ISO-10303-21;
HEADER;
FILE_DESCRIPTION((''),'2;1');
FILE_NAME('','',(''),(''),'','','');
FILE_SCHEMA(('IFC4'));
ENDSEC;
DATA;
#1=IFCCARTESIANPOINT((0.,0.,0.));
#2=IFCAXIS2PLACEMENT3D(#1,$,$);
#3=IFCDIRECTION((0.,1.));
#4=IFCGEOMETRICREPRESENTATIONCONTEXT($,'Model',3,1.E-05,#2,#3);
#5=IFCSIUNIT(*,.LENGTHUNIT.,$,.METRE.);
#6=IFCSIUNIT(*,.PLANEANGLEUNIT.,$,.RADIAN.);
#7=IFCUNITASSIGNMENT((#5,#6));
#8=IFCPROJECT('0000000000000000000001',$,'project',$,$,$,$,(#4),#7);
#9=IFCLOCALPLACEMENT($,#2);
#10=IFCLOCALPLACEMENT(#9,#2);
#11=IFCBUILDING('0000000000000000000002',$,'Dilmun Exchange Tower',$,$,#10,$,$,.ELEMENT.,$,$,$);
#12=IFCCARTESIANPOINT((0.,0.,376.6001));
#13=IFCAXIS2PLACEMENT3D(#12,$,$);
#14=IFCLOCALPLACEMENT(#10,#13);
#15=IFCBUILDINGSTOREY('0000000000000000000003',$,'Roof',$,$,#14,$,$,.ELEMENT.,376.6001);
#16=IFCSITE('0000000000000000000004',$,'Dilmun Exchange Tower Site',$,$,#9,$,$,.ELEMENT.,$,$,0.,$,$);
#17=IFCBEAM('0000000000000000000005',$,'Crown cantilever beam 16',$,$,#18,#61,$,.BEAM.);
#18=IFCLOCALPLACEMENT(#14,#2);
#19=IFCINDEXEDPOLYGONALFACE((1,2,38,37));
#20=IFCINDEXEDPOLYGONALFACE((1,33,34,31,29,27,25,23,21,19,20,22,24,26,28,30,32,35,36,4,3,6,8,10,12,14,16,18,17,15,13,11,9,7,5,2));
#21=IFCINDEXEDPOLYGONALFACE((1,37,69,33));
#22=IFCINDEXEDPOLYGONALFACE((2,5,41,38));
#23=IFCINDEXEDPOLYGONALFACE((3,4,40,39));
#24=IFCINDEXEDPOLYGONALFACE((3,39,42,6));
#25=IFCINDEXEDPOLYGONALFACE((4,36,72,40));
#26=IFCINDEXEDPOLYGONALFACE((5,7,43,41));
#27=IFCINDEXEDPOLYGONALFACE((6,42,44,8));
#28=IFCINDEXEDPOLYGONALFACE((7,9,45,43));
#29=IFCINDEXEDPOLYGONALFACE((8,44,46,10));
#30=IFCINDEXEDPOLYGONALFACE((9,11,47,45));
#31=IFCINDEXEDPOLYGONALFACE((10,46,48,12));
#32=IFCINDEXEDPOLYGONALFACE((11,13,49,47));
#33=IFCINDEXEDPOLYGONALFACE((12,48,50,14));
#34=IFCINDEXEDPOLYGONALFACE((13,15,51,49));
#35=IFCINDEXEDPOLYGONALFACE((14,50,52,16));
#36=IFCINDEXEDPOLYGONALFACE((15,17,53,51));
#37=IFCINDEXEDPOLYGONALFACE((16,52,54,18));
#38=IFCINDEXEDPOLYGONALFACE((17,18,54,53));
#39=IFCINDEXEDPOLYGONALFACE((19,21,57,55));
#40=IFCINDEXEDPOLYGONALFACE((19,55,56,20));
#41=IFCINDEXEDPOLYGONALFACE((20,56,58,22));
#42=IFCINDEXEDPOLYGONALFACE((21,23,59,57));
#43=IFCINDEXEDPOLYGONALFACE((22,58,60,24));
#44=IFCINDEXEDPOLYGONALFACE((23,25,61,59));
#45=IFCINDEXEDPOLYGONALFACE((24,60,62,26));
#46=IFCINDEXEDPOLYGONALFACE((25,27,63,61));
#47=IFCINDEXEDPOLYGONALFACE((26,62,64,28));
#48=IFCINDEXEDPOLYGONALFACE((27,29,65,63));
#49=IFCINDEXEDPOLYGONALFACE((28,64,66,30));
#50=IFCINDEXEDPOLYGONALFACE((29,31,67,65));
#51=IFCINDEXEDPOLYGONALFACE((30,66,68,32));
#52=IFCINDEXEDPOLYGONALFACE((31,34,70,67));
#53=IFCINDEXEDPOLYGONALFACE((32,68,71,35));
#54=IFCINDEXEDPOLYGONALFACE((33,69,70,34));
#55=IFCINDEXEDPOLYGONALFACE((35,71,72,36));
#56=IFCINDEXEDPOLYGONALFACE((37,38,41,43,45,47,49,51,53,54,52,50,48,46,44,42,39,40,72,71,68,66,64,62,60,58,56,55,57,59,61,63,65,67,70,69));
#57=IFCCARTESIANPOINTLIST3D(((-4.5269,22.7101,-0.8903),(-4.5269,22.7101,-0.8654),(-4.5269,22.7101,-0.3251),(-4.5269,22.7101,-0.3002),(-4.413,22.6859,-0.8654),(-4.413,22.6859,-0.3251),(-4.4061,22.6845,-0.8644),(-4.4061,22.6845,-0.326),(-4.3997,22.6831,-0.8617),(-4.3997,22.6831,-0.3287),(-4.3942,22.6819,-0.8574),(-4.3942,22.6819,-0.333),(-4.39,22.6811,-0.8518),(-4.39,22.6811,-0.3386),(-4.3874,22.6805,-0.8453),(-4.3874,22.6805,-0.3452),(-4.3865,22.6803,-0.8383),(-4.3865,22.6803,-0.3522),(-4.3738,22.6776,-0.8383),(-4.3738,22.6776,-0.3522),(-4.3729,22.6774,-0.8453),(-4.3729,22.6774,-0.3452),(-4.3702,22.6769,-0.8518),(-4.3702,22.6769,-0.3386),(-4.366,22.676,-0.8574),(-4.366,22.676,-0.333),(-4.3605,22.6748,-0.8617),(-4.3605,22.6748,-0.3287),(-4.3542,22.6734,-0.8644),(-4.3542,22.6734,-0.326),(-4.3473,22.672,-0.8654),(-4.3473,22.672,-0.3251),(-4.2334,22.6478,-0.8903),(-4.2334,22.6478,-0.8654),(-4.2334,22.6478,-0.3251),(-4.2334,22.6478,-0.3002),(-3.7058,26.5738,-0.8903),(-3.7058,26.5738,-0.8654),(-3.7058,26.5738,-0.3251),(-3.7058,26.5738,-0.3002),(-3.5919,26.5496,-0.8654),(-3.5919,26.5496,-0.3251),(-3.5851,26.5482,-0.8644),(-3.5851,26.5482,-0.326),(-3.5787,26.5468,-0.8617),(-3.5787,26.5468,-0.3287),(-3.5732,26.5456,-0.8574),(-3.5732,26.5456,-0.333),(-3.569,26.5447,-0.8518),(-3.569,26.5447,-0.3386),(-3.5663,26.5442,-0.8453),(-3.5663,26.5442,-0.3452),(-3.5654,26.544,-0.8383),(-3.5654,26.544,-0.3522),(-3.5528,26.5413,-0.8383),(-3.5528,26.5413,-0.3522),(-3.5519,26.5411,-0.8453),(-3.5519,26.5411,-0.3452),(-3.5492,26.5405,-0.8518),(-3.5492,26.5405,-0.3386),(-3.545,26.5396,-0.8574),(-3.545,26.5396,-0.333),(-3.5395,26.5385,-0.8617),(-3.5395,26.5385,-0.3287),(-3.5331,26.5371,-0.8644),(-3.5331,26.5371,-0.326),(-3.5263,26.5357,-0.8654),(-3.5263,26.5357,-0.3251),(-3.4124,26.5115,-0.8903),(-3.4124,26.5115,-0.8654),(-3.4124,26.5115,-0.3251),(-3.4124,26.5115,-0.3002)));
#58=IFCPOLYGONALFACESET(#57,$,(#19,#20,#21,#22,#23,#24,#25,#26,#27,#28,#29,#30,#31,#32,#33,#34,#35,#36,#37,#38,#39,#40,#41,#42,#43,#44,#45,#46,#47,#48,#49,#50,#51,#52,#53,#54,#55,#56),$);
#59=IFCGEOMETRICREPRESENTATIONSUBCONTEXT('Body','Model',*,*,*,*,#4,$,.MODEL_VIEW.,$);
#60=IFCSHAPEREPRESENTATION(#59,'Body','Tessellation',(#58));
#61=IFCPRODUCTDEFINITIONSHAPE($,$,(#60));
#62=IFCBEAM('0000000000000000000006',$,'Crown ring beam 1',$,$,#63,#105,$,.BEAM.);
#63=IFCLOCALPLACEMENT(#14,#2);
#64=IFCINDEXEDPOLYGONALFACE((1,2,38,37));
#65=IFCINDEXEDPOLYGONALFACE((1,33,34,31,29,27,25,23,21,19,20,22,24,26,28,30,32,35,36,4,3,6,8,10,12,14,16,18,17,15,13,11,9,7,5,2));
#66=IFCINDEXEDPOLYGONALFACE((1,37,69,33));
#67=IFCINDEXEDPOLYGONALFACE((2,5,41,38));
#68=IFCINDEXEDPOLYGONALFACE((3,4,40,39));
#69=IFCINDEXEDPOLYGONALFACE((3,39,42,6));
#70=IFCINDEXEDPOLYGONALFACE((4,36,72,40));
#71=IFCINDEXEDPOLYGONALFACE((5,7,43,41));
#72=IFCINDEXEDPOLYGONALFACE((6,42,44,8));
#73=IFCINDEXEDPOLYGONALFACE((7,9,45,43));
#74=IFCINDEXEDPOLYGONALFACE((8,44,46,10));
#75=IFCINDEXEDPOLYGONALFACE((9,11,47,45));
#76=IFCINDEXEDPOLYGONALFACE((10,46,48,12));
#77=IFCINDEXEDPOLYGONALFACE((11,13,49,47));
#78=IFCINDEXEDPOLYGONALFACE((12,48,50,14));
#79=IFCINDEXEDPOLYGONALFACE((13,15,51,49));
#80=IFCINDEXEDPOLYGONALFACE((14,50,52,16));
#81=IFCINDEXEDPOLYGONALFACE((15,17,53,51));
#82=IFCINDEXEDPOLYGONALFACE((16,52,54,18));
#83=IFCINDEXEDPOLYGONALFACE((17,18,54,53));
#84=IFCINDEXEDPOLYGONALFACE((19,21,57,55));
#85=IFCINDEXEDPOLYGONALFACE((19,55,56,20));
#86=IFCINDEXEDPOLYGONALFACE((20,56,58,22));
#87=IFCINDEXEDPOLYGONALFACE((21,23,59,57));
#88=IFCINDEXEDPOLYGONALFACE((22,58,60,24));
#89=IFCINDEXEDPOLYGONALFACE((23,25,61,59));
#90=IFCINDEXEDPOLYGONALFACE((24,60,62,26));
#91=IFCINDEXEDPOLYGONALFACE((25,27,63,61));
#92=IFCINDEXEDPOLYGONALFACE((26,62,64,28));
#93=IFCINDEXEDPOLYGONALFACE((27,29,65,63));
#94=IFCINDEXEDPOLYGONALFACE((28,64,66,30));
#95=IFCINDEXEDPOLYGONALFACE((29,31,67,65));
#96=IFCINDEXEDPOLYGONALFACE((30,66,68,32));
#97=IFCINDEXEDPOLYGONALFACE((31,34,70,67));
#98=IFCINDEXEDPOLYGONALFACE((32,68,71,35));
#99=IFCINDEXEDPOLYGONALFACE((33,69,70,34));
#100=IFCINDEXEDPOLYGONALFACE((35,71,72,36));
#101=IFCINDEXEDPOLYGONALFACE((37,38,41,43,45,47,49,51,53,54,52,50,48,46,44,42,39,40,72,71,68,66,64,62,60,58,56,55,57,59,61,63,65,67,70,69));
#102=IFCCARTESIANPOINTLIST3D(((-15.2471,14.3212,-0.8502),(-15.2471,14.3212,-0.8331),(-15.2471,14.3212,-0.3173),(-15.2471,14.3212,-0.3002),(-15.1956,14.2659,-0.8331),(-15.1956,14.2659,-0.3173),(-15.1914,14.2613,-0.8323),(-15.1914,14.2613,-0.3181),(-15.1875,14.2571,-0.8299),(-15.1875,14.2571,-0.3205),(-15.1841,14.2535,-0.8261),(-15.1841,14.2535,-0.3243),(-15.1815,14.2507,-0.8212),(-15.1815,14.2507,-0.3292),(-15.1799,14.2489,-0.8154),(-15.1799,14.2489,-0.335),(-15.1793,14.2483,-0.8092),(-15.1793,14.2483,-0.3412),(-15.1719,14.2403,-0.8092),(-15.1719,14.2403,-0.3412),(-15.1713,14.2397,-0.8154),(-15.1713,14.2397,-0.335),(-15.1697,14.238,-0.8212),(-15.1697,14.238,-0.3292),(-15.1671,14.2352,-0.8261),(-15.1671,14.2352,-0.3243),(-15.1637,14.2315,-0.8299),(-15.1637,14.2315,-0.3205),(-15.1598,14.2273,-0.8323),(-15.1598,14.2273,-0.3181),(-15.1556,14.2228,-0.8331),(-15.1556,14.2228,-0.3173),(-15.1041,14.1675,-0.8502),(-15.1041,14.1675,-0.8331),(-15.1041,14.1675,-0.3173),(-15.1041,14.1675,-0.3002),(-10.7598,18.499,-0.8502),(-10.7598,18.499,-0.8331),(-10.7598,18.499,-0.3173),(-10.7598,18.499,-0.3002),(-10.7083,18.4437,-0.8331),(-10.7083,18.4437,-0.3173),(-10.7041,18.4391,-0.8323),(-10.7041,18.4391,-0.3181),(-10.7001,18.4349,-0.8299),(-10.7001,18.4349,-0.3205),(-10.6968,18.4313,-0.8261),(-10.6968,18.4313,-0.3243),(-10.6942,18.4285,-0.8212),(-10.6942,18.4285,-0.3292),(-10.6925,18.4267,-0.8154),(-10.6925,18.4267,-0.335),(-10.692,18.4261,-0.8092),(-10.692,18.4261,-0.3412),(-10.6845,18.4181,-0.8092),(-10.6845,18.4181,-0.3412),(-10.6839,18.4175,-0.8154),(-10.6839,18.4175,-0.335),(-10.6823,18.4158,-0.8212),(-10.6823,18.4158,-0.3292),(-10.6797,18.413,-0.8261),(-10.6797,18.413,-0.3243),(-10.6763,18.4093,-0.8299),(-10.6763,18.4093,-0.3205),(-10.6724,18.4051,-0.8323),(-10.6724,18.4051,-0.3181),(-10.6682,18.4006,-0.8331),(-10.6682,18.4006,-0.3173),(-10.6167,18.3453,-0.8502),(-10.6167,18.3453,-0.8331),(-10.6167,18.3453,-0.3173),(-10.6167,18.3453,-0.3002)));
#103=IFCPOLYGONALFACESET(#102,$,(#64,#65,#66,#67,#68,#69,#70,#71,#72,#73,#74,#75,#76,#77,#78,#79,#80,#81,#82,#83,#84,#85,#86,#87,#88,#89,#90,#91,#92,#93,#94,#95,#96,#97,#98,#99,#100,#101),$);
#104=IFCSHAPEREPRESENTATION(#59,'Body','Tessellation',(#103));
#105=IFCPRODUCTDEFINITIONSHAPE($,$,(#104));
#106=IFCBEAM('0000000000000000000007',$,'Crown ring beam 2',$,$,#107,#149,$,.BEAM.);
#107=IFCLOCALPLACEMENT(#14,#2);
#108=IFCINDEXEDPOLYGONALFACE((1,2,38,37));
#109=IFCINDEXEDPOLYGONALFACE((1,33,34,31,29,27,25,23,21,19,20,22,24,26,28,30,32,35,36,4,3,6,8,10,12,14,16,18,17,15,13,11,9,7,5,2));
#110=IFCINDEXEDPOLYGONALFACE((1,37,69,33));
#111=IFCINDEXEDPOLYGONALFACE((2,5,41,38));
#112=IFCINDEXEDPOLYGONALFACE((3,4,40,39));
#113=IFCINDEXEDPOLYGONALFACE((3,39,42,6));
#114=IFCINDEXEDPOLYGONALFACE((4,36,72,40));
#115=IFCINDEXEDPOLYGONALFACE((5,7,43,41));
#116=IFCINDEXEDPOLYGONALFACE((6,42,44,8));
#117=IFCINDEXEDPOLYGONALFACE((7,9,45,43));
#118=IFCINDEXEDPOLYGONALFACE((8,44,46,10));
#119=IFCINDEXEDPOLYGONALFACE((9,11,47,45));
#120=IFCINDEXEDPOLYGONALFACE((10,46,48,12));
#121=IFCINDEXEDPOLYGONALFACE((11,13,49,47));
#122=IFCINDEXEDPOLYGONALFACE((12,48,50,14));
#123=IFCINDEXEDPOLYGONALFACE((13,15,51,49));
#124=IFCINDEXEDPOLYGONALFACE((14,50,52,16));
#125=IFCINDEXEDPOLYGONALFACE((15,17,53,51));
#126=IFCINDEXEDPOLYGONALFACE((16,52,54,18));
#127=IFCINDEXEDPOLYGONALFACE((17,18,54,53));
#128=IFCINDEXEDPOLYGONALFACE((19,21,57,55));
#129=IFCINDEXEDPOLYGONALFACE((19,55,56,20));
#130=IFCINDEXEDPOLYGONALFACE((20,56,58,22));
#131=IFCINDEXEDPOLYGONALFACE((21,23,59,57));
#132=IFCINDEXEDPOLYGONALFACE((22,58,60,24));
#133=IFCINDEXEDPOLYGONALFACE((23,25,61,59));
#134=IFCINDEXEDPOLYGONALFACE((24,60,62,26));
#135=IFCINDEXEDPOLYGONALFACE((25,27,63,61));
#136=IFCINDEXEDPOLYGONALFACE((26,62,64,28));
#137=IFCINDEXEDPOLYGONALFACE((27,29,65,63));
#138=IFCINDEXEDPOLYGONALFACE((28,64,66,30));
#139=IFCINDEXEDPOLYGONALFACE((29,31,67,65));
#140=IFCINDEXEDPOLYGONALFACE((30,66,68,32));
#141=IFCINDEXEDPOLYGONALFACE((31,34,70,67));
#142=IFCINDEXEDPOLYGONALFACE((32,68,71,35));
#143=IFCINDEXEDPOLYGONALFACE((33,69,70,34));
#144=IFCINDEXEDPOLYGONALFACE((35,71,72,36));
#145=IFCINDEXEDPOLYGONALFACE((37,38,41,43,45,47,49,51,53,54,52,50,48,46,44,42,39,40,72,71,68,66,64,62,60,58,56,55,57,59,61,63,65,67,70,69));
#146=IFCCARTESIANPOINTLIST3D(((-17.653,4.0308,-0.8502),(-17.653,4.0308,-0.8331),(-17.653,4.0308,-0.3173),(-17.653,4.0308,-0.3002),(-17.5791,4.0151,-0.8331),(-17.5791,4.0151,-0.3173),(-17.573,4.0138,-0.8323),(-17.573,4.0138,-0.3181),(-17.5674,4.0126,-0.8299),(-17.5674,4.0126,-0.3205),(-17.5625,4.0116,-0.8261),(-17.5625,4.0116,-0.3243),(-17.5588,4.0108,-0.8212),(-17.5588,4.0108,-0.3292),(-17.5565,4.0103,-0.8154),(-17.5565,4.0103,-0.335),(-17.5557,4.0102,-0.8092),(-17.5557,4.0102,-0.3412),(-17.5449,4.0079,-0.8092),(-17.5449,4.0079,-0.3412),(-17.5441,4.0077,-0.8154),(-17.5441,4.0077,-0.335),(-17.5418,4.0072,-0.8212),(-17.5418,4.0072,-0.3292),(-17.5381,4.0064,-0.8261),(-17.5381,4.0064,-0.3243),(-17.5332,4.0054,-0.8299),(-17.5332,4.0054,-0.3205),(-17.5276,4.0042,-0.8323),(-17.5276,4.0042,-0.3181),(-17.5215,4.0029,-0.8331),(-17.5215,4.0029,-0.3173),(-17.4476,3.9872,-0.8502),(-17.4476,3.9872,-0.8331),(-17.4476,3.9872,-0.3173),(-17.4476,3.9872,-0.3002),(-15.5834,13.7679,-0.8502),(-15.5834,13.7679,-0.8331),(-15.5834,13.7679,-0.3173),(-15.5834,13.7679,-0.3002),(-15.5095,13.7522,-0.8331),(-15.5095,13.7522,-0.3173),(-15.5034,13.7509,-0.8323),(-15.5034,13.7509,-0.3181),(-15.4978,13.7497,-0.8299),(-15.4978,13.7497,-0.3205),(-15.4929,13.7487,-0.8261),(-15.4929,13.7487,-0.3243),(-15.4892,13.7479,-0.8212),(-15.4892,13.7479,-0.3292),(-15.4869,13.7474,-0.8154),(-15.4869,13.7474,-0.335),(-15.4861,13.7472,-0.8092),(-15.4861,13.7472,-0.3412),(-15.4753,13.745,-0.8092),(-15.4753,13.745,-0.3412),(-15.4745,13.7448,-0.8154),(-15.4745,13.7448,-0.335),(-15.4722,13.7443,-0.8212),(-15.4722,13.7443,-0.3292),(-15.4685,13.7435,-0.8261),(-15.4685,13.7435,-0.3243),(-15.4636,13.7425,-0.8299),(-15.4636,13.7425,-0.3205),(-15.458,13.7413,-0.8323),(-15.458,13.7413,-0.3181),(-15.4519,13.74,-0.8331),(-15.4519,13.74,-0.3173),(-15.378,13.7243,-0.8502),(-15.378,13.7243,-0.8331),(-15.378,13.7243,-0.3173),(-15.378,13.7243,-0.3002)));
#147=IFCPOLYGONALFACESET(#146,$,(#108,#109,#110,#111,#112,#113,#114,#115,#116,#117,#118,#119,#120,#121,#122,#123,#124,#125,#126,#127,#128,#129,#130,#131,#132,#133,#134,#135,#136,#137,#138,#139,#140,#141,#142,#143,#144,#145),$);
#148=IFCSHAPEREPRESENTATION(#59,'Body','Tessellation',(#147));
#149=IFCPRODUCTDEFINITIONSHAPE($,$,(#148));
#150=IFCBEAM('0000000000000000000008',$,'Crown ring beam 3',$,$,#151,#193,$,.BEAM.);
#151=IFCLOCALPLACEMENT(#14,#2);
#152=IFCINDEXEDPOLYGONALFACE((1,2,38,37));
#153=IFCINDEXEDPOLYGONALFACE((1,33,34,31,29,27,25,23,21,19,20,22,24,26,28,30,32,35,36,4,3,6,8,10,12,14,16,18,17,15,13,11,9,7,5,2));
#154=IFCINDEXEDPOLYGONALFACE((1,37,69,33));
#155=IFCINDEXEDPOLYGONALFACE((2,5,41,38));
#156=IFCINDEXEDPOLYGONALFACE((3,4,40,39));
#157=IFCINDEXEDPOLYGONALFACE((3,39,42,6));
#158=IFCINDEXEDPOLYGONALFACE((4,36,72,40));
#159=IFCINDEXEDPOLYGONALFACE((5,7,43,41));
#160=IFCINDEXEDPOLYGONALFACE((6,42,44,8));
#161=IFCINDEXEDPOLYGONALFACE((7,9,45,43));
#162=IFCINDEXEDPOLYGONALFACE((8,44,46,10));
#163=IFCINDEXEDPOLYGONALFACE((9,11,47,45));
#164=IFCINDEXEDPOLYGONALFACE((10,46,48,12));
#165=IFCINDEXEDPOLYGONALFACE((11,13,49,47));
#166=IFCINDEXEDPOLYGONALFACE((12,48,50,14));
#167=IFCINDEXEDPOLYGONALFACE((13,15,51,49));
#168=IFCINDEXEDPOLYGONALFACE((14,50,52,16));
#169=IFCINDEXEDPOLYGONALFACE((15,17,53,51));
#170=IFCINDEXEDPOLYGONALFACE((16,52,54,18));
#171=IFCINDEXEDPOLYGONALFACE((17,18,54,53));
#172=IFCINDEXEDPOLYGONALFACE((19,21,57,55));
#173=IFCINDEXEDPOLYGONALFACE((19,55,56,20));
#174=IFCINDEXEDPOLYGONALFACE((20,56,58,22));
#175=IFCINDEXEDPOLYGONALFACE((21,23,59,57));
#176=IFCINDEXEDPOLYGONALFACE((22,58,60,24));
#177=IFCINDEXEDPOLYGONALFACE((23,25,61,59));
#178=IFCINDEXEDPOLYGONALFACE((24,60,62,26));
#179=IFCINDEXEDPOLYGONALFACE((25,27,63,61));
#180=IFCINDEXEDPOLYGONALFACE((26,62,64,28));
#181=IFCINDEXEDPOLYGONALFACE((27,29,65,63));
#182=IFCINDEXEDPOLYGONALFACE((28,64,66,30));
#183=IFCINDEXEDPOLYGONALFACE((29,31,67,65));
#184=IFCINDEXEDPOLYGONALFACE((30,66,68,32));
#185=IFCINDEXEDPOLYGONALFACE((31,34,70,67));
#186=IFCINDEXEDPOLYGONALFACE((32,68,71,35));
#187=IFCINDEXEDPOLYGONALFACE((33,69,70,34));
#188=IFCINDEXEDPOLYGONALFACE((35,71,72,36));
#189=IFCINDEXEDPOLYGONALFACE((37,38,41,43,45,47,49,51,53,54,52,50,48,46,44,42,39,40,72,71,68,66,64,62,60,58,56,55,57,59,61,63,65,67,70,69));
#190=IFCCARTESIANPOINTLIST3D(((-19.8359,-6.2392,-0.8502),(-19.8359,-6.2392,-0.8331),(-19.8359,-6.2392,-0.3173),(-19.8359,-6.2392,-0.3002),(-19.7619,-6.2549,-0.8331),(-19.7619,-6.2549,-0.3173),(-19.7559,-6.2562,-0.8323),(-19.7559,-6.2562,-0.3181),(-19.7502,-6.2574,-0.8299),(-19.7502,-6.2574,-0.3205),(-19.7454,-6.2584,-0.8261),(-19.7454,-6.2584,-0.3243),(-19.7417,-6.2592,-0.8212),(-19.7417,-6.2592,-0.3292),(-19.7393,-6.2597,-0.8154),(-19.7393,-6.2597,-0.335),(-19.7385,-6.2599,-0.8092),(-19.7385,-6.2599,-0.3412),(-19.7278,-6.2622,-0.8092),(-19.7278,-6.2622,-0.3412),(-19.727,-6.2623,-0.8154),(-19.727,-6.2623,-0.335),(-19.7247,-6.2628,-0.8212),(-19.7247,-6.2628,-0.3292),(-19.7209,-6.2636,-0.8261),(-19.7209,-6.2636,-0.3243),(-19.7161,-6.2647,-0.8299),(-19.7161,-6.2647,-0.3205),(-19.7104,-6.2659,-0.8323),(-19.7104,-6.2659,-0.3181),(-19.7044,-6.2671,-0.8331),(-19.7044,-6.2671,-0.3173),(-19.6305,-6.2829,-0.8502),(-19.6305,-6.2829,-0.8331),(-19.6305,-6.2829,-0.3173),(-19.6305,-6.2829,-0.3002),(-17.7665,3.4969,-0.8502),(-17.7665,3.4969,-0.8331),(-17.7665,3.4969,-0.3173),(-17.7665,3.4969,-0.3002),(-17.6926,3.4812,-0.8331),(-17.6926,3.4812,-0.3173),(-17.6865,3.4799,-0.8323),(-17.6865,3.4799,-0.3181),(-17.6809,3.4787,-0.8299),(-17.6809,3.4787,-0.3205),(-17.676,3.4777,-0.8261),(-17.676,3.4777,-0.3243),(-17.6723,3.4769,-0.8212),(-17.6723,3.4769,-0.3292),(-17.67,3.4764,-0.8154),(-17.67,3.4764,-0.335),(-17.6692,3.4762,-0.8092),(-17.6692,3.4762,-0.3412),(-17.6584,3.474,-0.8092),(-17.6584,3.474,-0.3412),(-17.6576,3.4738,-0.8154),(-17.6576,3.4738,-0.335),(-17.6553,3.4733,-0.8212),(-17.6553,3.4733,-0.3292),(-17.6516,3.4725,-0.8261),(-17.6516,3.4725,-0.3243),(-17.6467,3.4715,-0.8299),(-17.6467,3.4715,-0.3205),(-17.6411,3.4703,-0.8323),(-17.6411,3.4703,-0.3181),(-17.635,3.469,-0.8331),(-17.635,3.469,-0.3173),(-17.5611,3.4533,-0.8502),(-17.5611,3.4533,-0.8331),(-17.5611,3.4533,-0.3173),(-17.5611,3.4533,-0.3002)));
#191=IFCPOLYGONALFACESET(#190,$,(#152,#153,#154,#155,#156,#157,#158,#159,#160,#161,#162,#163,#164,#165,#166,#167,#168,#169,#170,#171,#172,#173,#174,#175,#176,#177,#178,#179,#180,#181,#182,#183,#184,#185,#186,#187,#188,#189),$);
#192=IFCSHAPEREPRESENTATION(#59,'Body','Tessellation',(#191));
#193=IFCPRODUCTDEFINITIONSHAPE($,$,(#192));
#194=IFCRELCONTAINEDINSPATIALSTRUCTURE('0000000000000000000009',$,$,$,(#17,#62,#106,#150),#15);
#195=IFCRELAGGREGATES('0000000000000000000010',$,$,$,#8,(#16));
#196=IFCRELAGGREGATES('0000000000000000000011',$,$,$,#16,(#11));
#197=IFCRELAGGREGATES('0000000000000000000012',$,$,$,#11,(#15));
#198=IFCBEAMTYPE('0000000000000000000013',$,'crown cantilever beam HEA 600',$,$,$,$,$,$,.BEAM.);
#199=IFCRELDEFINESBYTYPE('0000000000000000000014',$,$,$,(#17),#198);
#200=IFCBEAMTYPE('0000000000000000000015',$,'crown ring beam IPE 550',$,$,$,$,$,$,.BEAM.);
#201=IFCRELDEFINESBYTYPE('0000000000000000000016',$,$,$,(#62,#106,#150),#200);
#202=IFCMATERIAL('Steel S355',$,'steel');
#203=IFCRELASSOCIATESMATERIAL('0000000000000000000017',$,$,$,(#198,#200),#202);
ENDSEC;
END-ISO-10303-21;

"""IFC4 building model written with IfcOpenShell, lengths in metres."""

from ifc_helpers import new_model, si_unit, direction, frame, origin, origin_2d, place, context, subcontext, project, spatial, i_section, extrude, material, material_profile, profile_set, type_object, element, save


model = new_model("IFC4")

# Units and contexts
model_context = context("Model", 3, precision=1e-05, world=origin(), true_north=direction((0.0, 1.0)))
body_context = subcontext(model_context, "Body", "Model", "MODEL_VIEW")
ifc_project = project(units=[si_unit("LENGTHUNIT", "METRE"), si_unit("PLANEANGLEUNIT", "RADIAN")], contexts=[model_context])

# Site, building, storey
site_placement = place(None, origin())
site = spatial("IfcSite", under=ifc_project, at=site_placement, Name="Dilmun Exchange Tower Site", CompositionType="ELEMENT", RefElevation=0.0)
building_placement = place(site_placement, origin())
building = spatial("IfcBuilding", under=site, at=building_placement, Name="Dilmun Exchange Tower", CompositionType="ELEMENT")
storey_placement = place(building_placement, frame((0.0, 0.0, 376.6001)))
storey = spatial("IfcBuildingStorey", under=building, at=storey_placement, Name="Roof", CompositionType="ELEMENT", Elevation=376.6001)

# Beams
ifc_material_1 = material(Name="Steel S355", Category="steel")
ifc_material_profile_1 = material_profile(ifc_material_1, i_section(OverallWidth=0.3, OverallDepth=0.5901, WebThickness=0.0129, FlangeThickness=0.0249, FilletRadius=0.0271, at=origin_2d()), Name="HEA 600")
ifc_profile_set_1 = profile_set([ifc_material_profile_1], Name="Steel S355")
beam_type_1 = type_object("IfcBeamType", Name="crown cantilever beam HEA 600", PredefinedType="BEAM", material=ifc_profile_set_1)
beam_1_placement = place(storey_placement, frame((-4.3801, 22.679, -0.5952), z_axis=(0.207857, 0.978159, 0.0), x_axis=(-0.978159, 0.207857, 0.0)))
element("IfcBeam", 1, at=beam_1_placement, inside=storey, type_object=beam_type_1, Name="Crown cantilever beam 16", PredefinedType="BEAM", context=body_context, shape_type="SweptSolid", body=[
    extrude(i_section(OverallWidth=0.3, OverallDepth=0.5901, WebThickness=0.0129, FlangeThickness=0.0249, FilletRadius=0.0271, at=origin_2d()), origin(), (0.0, 0.0, 1.0), 3.95),
])
ifc_material_profile_2 = material_profile(ifc_material_1, i_section(OverallWidth=0.21, OverallDepth=0.55, WebThickness=0.011, FlangeThickness=0.0171, FilletRadius=0.0239, at=origin_2d()), Name="IPE 550")
ifc_profile_set_2 = profile_set([ifc_material_profile_2], Name="Steel S355")
beam_type_2 = type_object("IfcBeamType", Name="crown ring beam IPE 550", PredefinedType="BEAM", material=ifc_profile_set_2)
beam_2_placement = place(storey_placement, frame((-10.6882, 18.4221, -0.5752), z_axis=(-0.731902, -0.68141, 0.0), x_axis=(0.68141, -0.731902, 0.0)))
element("IfcBeam", 2, at=beam_2_placement, inside=storey, type_object=beam_type_2, Name="Crown ring beam 1", PredefinedType="BEAM", context=body_context, shape_type="SweptSolid", body=[
    extrude(i_section(OverallWidth=0.21, OverallDepth=0.55, WebThickness=0.011, FlangeThickness=0.0171, FilletRadius=0.0239, at=origin_2d()), origin(), (0.0, 0.0, 1.0), 6.1311),
])
beam_3_placement = place(storey_placement, frame((-15.4807, 13.7461, -0.5752), z_axis=(-0.207902, -0.97815, 0.0), x_axis=(0.97815, -0.207902, 0.0)))
element("IfcBeam", 3, at=beam_3_placement, inside=storey, type_object=beam_type_2, Name="Crown ring beam 2", PredefinedType="BEAM", context=body_context, shape_type="SweptSolid", body=[
    extrude(i_section(OverallWidth=0.21, OverallDepth=0.55, WebThickness=0.011, FlangeThickness=0.0171, FilletRadius=0.0239, at=origin_2d()), origin(), (0.0, 0.0, 1.0), 9.9546),
])
for number, where, z_axis, x_axis, name in (
    (4, (-17.6638, 3.4751, -0.5752), (-0.207899, -0.97815, 0.0), (0.97815, -0.207899, 0.0), "Crown ring beam 3"),
):
    element("IfcBeam", number, at=place(storey_placement, frame(where, z_axis=z_axis, x_axis=x_axis)), inside=storey, type_object=beam_type_2, Name=name, PredefinedType="BEAM", context=body_context, shape_type="SweptSolid", body=[
        extrude(i_section(OverallWidth=0.21, OverallDepth=0.55, WebThickness=0.011, FlangeThickness=0.0171, FilletRadius=0.0239, at=origin_2d()), origin(), (0.0, 0.0, 1.0), 9.9536),
    ])

save(model, "model.ifc")
